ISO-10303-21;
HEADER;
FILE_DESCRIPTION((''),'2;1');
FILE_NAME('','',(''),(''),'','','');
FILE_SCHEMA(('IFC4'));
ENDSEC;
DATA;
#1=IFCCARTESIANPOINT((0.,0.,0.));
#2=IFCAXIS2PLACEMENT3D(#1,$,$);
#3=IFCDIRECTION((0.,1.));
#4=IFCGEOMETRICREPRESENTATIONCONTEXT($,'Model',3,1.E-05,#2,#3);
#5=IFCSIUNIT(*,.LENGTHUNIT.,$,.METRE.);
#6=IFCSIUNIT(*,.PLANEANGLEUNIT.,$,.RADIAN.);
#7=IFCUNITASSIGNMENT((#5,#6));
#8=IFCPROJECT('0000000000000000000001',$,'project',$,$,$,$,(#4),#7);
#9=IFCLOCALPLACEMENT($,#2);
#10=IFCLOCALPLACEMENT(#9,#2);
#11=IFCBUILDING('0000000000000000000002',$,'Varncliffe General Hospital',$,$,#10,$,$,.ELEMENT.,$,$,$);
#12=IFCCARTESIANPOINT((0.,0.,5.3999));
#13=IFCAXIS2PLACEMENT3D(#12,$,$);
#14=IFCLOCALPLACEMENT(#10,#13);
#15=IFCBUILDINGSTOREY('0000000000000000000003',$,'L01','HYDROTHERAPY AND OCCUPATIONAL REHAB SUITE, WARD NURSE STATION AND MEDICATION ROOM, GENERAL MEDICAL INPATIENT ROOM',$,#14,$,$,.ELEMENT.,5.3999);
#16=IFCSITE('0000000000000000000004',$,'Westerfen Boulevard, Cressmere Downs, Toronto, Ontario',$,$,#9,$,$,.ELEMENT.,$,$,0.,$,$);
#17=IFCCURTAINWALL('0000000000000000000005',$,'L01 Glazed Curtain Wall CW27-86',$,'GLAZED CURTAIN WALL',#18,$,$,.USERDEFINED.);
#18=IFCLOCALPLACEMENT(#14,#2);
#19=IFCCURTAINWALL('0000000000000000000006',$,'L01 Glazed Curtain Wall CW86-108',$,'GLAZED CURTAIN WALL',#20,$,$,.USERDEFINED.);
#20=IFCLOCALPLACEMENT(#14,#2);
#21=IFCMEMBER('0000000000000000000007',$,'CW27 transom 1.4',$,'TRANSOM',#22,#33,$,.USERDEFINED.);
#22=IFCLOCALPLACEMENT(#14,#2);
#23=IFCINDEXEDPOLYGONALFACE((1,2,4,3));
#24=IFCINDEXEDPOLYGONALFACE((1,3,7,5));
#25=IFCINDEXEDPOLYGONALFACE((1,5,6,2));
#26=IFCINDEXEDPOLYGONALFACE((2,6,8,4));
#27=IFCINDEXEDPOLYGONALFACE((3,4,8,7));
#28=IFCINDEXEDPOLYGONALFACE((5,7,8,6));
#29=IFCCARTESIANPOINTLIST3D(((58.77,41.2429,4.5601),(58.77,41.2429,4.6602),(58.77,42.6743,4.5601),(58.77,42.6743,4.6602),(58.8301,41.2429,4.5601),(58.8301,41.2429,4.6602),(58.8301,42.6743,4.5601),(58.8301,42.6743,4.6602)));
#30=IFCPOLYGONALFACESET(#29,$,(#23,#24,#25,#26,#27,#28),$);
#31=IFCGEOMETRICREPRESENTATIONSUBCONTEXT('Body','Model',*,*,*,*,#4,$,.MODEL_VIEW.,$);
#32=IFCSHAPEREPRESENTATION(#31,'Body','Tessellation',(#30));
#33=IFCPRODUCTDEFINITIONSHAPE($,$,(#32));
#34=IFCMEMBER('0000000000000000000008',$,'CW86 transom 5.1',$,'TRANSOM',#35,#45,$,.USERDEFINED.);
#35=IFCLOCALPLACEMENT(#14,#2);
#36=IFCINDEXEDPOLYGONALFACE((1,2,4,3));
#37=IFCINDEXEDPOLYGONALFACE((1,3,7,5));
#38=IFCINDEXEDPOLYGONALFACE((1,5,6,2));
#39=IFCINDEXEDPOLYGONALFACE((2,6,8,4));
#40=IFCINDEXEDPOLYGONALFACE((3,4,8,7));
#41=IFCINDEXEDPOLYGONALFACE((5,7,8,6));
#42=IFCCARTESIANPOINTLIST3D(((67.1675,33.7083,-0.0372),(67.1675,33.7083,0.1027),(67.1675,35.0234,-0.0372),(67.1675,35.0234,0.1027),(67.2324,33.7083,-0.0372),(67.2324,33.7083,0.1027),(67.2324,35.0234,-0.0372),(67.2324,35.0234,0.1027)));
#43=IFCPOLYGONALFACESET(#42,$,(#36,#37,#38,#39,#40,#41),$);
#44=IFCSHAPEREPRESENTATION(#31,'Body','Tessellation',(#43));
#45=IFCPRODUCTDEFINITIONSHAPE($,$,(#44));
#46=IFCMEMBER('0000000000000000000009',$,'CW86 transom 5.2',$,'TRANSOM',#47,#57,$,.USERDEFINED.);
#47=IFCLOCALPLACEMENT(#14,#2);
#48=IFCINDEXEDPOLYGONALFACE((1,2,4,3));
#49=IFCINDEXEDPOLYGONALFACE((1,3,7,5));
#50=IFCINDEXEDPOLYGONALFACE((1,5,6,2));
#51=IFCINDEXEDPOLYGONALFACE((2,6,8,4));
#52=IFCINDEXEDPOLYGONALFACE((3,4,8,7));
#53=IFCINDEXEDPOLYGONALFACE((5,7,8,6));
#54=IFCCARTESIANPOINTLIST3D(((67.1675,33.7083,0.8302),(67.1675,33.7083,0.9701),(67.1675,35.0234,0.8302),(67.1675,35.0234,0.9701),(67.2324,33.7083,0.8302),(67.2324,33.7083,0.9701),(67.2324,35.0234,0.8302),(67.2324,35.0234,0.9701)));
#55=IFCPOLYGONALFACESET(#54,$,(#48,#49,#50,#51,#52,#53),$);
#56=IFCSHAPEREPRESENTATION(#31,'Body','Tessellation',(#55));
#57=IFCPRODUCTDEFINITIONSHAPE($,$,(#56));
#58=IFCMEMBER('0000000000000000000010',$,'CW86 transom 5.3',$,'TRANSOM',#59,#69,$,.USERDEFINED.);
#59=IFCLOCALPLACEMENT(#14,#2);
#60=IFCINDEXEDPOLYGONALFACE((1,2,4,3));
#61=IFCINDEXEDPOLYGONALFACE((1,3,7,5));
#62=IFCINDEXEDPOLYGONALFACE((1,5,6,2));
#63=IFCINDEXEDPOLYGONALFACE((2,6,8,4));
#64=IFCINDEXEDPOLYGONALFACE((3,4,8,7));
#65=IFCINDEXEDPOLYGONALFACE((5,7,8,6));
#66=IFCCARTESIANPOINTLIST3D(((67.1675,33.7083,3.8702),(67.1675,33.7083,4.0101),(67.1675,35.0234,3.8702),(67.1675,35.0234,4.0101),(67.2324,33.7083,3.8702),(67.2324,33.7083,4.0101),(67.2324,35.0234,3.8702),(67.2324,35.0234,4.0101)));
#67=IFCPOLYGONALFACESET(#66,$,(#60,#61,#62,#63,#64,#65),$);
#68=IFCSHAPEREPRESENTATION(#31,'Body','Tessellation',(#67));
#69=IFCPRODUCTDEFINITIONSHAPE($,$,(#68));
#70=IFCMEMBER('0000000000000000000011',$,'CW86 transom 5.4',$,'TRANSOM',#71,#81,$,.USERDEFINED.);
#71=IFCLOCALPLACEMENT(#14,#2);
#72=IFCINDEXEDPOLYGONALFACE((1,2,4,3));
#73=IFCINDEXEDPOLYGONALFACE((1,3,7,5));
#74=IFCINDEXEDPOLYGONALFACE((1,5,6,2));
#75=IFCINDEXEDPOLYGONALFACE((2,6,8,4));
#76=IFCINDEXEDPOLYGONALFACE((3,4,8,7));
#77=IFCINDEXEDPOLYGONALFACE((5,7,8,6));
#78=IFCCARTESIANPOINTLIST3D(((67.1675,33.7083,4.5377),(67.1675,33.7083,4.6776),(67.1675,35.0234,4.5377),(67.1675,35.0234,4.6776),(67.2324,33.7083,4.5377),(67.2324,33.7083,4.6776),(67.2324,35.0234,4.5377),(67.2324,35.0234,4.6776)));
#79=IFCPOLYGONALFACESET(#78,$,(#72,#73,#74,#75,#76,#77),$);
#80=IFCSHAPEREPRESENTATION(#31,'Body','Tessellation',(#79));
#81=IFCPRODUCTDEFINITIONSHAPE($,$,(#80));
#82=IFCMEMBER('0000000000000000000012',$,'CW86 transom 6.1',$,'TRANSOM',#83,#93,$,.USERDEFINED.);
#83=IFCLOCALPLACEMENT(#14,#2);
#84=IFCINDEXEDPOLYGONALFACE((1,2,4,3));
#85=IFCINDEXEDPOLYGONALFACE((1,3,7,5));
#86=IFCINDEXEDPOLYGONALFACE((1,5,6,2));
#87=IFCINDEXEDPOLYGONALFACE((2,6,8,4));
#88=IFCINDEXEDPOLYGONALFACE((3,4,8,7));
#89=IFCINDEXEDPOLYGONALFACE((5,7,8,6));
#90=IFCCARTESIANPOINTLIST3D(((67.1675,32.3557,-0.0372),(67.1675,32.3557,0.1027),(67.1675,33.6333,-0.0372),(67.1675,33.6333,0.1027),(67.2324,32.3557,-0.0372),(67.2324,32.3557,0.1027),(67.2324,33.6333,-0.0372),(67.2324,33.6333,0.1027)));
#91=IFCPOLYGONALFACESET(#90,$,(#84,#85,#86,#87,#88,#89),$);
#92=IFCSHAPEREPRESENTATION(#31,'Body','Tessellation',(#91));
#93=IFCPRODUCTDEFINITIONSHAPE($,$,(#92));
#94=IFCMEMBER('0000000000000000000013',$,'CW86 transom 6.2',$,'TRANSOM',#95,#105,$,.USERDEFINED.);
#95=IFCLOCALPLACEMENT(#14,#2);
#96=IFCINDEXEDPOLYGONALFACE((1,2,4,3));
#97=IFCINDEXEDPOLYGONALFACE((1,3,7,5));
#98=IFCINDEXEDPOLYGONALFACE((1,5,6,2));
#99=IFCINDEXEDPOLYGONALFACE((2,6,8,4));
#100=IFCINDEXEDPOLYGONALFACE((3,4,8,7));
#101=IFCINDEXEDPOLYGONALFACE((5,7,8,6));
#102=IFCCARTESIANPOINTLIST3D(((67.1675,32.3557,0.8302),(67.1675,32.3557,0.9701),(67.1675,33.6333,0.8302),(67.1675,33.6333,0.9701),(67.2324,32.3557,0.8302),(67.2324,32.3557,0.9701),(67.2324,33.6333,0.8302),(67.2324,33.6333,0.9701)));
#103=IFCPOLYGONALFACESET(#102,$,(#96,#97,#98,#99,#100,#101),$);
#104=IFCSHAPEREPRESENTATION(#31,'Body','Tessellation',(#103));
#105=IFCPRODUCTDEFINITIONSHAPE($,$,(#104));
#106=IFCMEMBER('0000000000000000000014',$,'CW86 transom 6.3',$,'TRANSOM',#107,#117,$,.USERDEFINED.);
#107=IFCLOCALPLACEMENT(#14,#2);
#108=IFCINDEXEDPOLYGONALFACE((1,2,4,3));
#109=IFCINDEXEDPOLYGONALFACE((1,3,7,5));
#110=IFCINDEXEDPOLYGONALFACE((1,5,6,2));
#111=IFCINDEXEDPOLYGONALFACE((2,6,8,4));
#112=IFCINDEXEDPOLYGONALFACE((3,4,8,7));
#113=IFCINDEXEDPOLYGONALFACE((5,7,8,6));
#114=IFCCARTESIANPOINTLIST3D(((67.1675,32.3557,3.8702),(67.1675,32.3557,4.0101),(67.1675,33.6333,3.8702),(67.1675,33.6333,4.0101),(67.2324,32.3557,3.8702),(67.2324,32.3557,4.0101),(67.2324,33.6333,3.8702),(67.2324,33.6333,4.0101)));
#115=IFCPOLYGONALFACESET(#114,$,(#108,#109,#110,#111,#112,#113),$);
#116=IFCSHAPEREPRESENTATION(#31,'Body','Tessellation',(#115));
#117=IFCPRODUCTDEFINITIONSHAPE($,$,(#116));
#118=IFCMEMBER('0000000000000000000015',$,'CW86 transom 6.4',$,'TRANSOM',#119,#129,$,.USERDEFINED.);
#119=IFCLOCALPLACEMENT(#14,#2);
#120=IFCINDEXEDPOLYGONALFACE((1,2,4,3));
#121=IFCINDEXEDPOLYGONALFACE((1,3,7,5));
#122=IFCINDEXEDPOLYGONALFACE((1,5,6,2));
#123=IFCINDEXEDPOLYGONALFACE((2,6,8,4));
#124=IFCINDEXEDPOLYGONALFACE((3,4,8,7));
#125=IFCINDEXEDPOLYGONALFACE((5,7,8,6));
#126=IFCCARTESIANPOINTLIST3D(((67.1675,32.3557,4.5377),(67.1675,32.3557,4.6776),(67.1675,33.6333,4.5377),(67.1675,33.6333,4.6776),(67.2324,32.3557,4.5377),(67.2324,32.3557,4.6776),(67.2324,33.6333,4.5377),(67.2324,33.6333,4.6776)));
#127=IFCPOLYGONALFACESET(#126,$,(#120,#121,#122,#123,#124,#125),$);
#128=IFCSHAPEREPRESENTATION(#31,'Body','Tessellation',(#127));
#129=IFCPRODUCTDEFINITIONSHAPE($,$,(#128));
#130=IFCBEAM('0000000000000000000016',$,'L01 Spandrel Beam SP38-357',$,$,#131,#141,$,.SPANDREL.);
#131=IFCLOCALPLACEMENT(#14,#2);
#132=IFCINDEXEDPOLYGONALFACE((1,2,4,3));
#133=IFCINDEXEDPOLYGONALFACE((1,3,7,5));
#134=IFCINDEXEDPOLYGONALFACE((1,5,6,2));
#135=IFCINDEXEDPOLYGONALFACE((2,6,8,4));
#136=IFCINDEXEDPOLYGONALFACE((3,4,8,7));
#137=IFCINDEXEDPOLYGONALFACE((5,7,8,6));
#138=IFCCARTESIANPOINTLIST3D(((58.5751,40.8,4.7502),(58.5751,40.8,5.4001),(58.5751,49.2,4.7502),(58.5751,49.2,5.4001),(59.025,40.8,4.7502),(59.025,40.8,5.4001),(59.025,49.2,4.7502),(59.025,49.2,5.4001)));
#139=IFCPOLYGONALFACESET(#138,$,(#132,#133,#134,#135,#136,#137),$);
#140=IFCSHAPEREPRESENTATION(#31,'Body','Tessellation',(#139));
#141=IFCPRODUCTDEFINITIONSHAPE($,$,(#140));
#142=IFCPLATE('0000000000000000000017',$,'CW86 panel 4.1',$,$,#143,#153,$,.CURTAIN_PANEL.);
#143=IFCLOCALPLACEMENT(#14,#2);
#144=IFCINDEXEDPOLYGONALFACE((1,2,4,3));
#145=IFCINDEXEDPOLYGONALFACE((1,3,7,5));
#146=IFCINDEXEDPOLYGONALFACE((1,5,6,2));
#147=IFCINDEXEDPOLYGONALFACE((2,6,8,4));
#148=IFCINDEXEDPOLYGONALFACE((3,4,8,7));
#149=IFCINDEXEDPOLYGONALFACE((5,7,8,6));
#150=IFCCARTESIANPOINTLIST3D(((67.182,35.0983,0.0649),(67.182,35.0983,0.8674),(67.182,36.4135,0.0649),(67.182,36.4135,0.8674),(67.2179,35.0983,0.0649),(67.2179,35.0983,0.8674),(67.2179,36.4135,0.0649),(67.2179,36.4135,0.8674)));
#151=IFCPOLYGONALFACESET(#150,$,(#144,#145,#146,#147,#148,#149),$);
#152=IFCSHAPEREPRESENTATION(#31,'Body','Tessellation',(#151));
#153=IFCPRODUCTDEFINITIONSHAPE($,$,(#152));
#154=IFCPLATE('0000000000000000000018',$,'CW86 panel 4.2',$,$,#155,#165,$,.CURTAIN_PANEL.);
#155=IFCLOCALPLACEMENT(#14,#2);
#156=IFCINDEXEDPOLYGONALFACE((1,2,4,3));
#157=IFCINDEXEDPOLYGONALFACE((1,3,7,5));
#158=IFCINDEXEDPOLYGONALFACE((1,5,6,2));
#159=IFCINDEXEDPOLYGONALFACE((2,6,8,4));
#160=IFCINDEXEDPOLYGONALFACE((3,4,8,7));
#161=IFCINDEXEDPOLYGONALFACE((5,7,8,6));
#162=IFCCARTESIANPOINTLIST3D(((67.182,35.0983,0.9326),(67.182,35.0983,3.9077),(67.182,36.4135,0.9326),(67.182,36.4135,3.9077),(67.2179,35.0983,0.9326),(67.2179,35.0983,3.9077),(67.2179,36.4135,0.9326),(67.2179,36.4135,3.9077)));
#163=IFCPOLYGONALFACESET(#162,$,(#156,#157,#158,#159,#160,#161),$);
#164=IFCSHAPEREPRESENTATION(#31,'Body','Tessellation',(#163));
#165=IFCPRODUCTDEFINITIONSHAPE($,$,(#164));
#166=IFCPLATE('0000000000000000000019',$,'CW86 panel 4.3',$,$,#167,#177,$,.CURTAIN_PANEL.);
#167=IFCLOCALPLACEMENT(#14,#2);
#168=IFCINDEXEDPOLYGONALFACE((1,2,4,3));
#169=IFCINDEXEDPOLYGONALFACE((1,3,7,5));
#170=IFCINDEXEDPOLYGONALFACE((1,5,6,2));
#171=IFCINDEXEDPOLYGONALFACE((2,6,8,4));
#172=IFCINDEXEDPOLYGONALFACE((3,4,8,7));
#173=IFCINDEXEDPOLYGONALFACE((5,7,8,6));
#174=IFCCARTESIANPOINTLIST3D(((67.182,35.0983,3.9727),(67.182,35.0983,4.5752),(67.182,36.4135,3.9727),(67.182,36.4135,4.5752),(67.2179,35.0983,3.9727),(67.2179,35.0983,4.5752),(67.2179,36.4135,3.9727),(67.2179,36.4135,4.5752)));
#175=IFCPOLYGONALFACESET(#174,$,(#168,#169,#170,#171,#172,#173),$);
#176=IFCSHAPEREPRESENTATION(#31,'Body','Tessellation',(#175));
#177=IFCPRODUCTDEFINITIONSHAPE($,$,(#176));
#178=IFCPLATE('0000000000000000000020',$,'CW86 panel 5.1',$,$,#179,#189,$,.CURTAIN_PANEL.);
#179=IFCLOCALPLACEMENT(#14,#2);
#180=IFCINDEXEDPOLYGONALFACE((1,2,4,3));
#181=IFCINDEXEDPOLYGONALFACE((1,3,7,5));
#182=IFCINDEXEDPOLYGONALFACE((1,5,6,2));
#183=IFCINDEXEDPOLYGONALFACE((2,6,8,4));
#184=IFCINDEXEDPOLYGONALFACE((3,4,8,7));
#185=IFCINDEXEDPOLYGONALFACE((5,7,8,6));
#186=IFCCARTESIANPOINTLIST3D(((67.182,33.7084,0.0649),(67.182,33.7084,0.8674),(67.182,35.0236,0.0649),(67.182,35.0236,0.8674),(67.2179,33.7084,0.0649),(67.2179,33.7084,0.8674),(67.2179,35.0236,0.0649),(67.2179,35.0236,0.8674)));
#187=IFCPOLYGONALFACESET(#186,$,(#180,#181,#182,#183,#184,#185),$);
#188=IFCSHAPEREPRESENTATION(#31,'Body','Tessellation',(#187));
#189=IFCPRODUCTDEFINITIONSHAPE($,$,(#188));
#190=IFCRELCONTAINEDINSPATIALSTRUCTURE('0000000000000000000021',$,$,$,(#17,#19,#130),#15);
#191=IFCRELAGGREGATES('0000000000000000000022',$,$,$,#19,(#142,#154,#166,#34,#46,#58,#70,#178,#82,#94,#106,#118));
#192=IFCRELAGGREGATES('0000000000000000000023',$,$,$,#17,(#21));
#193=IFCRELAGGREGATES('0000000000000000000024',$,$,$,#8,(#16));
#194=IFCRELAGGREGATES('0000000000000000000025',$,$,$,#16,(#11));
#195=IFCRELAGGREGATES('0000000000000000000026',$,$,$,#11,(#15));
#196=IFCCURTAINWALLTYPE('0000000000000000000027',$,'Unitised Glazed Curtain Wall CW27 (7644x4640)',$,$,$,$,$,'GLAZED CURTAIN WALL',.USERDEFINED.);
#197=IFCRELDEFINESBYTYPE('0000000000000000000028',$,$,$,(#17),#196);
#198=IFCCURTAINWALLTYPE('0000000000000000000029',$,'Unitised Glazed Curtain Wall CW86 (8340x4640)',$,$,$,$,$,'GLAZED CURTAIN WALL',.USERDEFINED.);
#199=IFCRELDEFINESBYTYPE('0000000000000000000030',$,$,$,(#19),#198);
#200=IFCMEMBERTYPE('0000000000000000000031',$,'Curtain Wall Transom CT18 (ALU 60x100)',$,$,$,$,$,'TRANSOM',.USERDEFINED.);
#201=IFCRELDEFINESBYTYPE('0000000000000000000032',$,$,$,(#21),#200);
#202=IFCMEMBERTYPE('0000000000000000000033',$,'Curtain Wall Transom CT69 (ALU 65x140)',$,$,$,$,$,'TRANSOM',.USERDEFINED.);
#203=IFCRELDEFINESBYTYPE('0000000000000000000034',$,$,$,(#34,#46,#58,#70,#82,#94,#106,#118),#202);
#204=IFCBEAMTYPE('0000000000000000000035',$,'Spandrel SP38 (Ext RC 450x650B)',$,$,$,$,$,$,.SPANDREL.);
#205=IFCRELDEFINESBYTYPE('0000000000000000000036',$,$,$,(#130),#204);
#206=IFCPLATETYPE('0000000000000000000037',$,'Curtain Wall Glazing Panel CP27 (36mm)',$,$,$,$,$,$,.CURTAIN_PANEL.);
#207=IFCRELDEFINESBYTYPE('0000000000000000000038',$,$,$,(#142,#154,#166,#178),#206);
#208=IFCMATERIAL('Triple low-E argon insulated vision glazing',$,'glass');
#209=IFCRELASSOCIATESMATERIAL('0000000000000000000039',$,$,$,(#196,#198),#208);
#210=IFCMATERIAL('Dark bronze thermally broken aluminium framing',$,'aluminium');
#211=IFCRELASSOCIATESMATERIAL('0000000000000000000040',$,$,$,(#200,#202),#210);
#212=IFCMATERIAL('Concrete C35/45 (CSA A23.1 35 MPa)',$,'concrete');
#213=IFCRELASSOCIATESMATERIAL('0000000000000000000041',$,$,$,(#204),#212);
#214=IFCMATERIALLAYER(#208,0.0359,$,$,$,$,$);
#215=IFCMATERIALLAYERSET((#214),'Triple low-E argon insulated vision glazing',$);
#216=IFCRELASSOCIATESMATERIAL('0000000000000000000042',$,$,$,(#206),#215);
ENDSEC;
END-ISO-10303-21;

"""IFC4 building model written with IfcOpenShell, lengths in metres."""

from ifc_helpers import new_model, si_unit, direction, frame, origin, origin_2d, place, context, subcontext, project, spatial, rectangle, extrude, material, layer, layer_set, material_profile, profile_set, type_object, element, aggregate, save


model = new_model("IFC4")

# Units and contexts
model_context = context("Model", 3, precision=1e-05, world=origin(), true_north=direction((0.0, 1.0)))
body_context = subcontext(model_context, "Body", "Model", "MODEL_VIEW")
ifc_project = project(units=[si_unit("LENGTHUNIT", "METRE"), si_unit("PLANEANGLEUNIT", "RADIAN")], contexts=[model_context])

# Site, building, storey
site_placement = place(None, origin())
site = spatial("IfcSite", under=ifc_project, at=site_placement, Name="Westerfen Boulevard, Cressmere Downs, Toronto, Ontario", CompositionType="ELEMENT", RefElevation=0.0)
building_placement = place(site_placement, origin())
building = spatial("IfcBuilding", under=site, at=building_placement, Name="Varncliffe General Hospital", CompositionType="ELEMENT")
storey_placement = place(building_placement, frame((0.0, 0.0, 5.3999)))
storey = spatial("IfcBuildingStorey", under=building, at=storey_placement, Name="L01", Description="HYDROTHERAPY AND OCCUPATIONAL REHAB SUITE, WARD NURSE STATION AND MEDICATION ROOM, GENERAL MEDICAL INPATIENT ROOM", CompositionType="ELEMENT", Elevation=5.3999)

# Shared definitions
ifc_material_1 = material(Name="Concrete C35/45 (CSA A23.1 35 MPa)", Category="concrete")

# Curtain wall
ifc_material_2 = material(Name="Triple low-E argon insulated vision glazing", Category="glass")
ifc_material_3 = material(Name="Dark bronze thermally broken aluminium framing", Category="aluminium")
curtain_wall_type_1 = type_object("IfcCurtainWallType", Name="Unitised Glazed Curtain Wall CW27 (7644x4640)", ElementType="GLAZED CURTAIN WALL", PredefinedType="USERDEFINED", material=ifc_material_2)
curtain_wall_1_placement = place(storey_placement, origin())
curtain_wall_1 = element("IfcCurtainWall", 1, at=curtain_wall_1_placement, inside=storey, type_object=curtain_wall_type_1, Name="L01 Glazed Curtain Wall CW27-86", ObjectType="GLAZED CURTAIN WALL", PredefinedType="USERDEFINED")

# Curtain wall
curtain_wall_type_2 = type_object("IfcCurtainWallType", Name="Unitised Glazed Curtain Wall CW86 (8340x4640)", ElementType="GLAZED CURTAIN WALL", PredefinedType="USERDEFINED", material=ifc_material_2)
curtain_wall_2_placement = place(storey_placement, origin())
curtain_wall_2 = element("IfcCurtainWall", 2, at=curtain_wall_2_placement, inside=storey, type_object=curtain_wall_type_2, Name="L01 Glazed Curtain Wall CW86-108", ObjectType="GLAZED CURTAIN WALL", PredefinedType="USERDEFINED")

# Members
ifc_material_profile_1 = material_profile(ifc_material_3, rectangle(XDim=0.0601, YDim=0.1001, at=origin_2d()), Name="ALU 60x100")
ifc_profile_set_1 = profile_set([ifc_material_profile_1], Name="Dark bronze thermally broken aluminium framing")
member_type_1 = type_object("IfcMemberType", Name="Curtain Wall Transom CT18 (ALU 60x100)", ElementType="TRANSOM", PredefinedType="USERDEFINED", material=ifc_profile_set_1)
member_1_placement = place(storey_placement, frame((58.8, 41.2429, 4.6101), z_axis=(0.0, 1.0, 0.0), x_axis=(-1.0, 0.0, 0.0)))
member_1 = element("IfcMember", 3, at=member_1_placement, type_object=member_type_1, Name="CW27 transom 1.4", ObjectType="TRANSOM", PredefinedType="USERDEFINED", context=body_context, shape_type="SweptSolid", body=[
    extrude(rectangle(XDim=0.0601, YDim=0.1001, at=origin_2d()), origin(), (0.0, 0.0, 1.0), 1.4314),
])
ifc_material_profile_2 = material_profile(ifc_material_3, rectangle(XDim=0.0649, YDim=0.1399, at=origin_2d()), Name="ALU 65x140")
ifc_profile_set_2 = profile_set([ifc_material_profile_2], Name="Dark bronze thermally broken aluminium framing")
member_type_2 = type_object("IfcMemberType", Name="Curtain Wall Transom CT69 (ALU 65x140)", ElementType="TRANSOM", PredefinedType="USERDEFINED", material=ifc_profile_set_2)
member_2_placement = place(storey_placement, frame((67.2, 35.0234, 0.0327), z_axis=(0.0, -1.0, 0.0), x_axis=(1.0, 0.0, 0.0)))
member_2 = element("IfcMember", 4, at=member_2_placement, type_object=member_type_2, Name="CW86 transom 5.1", ObjectType="TRANSOM", PredefinedType="USERDEFINED", context=body_context, shape_type="SweptSolid", body=[
    extrude(rectangle(XDim=0.0649, YDim=0.1399, at=origin_2d()), origin(), (0.0, 0.0, 1.0), 1.3152),
])
member_3_placement = place(storey_placement, frame((67.2, 35.0234, 0.9001), z_axis=(0.0, -1.0, 0.0), x_axis=(1.0, 0.0, 0.0)))
member_3 = element("IfcMember", 5, at=member_3_placement, type_object=member_type_2, Name="CW86 transom 5.2", ObjectType="TRANSOM", PredefinedType="USERDEFINED", context=body_context, shape_type="SweptSolid", body=[
    extrude(rectangle(XDim=0.0649, YDim=0.1399, at=origin_2d()), origin(), (0.0, 0.0, 1.0), 1.3152),
])
member_4_placement = place(storey_placement, frame((67.2, 35.0234, 3.9402), z_axis=(0.0, -1.0, 0.0), x_axis=(1.0, 0.0, 0.0)))
member_4 = element("IfcMember", 6, at=member_4_placement, type_object=member_type_2, Name="CW86 transom 5.3", ObjectType="TRANSOM", PredefinedType="USERDEFINED", context=body_context, shape_type="SweptSolid", body=[
    extrude(rectangle(XDim=0.0649, YDim=0.1399, at=origin_2d()), origin(), (0.0, 0.0, 1.0), 1.3152),
])
member_5_placement = place(storey_placement, frame((67.2, 35.0234, 4.6077), z_axis=(0.0, -1.0, 0.0), x_axis=(1.0, 0.0, 0.0)))
member_5 = element("IfcMember", 7, at=member_5_placement, type_object=member_type_2, Name="CW86 transom 5.4", ObjectType="TRANSOM", PredefinedType="USERDEFINED", context=body_context, shape_type="SweptSolid", body=[
    extrude(rectangle(XDim=0.0649, YDim=0.1399, at=origin_2d()), origin(), (0.0, 0.0, 1.0), 1.3152),
])
member_6_placement = place(storey_placement, frame((67.2, 33.6333, 0.0327), z_axis=(0.0, -1.0, 0.0), x_axis=(1.0, 0.0, 0.0)))
member_6 = element("IfcMember", 8, at=member_6_placement, type_object=member_type_2, Name="CW86 transom 6.1", ObjectType="TRANSOM", PredefinedType="USERDEFINED", context=body_context, shape_type="SweptSolid", body=[
    extrude(rectangle(XDim=0.0649, YDim=0.1399, at=origin_2d()), origin(), (0.0, 0.0, 1.0), 1.2776),
])
member_7_placement = place(storey_placement, frame((67.2, 33.6333, 0.9001), z_axis=(0.0, -1.0, 0.0), x_axis=(1.0, 0.0, 0.0)))
member_7 = element("IfcMember", 9, at=member_7_placement, type_object=member_type_2, Name="CW86 transom 6.2", ObjectType="TRANSOM", PredefinedType="USERDEFINED", context=body_context, shape_type="SweptSolid", body=[
    extrude(rectangle(XDim=0.0649, YDim=0.1399, at=origin_2d()), origin(), (0.0, 0.0, 1.0), 1.2776),
])
member_8_placement = place(storey_placement, frame((67.2, 33.6333, 3.9402), z_axis=(0.0, -1.0, 0.0), x_axis=(1.0, 0.0, 0.0)))
member_8 = element("IfcMember", 10, at=member_8_placement, type_object=member_type_2, Name="CW86 transom 6.3", ObjectType="TRANSOM", PredefinedType="USERDEFINED", context=body_context, shape_type="SweptSolid", body=[
    extrude(rectangle(XDim=0.0649, YDim=0.1399, at=origin_2d()), origin(), (0.0, 0.0, 1.0), 1.2776),
])
member_9_placement = place(storey_placement, frame((67.2, 33.6333, 4.6077), z_axis=(0.0, -1.0, 0.0), x_axis=(1.0, 0.0, 0.0)))
member_9 = element("IfcMember", 11, at=member_9_placement, type_object=member_type_2, Name="CW86 transom 6.4", ObjectType="TRANSOM", PredefinedType="USERDEFINED", context=body_context, shape_type="SweptSolid", body=[
    extrude(rectangle(XDim=0.0649, YDim=0.1399, at=origin_2d()), origin(), (0.0, 0.0, 1.0), 1.2776),
])

# Beam
ifc_material_profile_3 = material_profile(ifc_material_1, rectangle(XDim=0.45, YDim=0.6499, at=origin_2d()), Name="RC 450x650")
ifc_profile_set_3 = profile_set([ifc_material_profile_3], Name="Concrete C35/45 (CSA A23.1 35 MPa)")
beam_type_1 = type_object("IfcBeamType", Name="Spandrel SP38 (Ext RC 450x650B)", PredefinedType="SPANDREL", material=ifc_profile_set_3)
beam_1_placement = place(storey_placement, frame((58.8, 40.8, 5.0752), z_axis=(0.0, 1.0, 0.0), x_axis=(-1.0, 0.0, 0.0)))
element("IfcBeam", 12, at=beam_1_placement, inside=storey, type_object=beam_type_1, Name="L01 Spandrel Beam SP38-357", PredefinedType="SPANDREL", context=body_context, shape_type="SweptSolid", body=[
    extrude(rectangle(XDim=0.45, YDim=0.6499, at=origin_2d()), origin(), (0.0, 0.0, 1.0), 8.3999),
])

# Plates
ifc_layer_1 = layer(ifc_material_2, 0.0359)
ifc_layer_set_1 = layer_set([ifc_layer_1], Name="Triple low-E argon insulated vision glazing")
plate_type_1 = type_object("IfcPlateType", Name="Curtain Wall Glazing Panel CP27 (36mm)", PredefinedType="CURTAIN_PANEL", material=ifc_layer_set_1)
plate_1_placement = place(storey_placement, frame((67.2, 35.7559, 0.0649), z_axis=(0.0, 0.0, 1.0), x_axis=(0.0, -1.0, 0.0)))
plate_1 = element("IfcPlate", 13, at=plate_1_placement, type_object=plate_type_1, Name="CW86 panel 4.1", PredefinedType="CURTAIN_PANEL", context=body_context, shape_type="SweptSolid", body=[
    extrude(rectangle(XDim=1.3152, YDim=0.0359, at=origin_2d()), origin(), (0.0, 0.0, 1.0), 0.8025),
])
plate_2_placement = place(storey_placement, frame((67.2, 35.7559, 0.9326), z_axis=(0.0, 0.0, 1.0), x_axis=(0.0, -1.0, 0.0)))
plate_2 = element("IfcPlate", 14, at=plate_2_placement, type_object=plate_type_1, Name="CW86 panel 4.2", PredefinedType="CURTAIN_PANEL", context=body_context, shape_type="SweptSolid", body=[
    extrude(rectangle(XDim=1.3152, YDim=0.0359, at=origin_2d()), origin(), (0.0, 0.0, 1.0), 2.9751),
])
plate_3_placement = place(storey_placement, frame((67.2, 35.7559, 3.9727), z_axis=(0.0, 0.0, 1.0), x_axis=(0.0, -1.0, 0.0)))
plate_3 = element("IfcPlate", 15, at=plate_3_placement, type_object=plate_type_1, Name="CW86 panel 4.3", PredefinedType="CURTAIN_PANEL", context=body_context, shape_type="SweptSolid", body=[
    extrude(rectangle(XDim=1.3152, YDim=0.0359, at=origin_2d()), origin(), (0.0, 0.0, 1.0), 0.6025),
])
plate_4_placement = place(storey_placement, frame((67.2, 34.366, 0.0649), z_axis=(0.0, 0.0, 1.0), x_axis=(0.0, -1.0, 0.0)))
plate_4 = element("IfcPlate", 16, at=plate_4_placement, type_object=plate_type_1, Name="CW86 panel 5.1", PredefinedType="CURTAIN_PANEL", context=body_context, shape_type="SweptSolid", body=[
    extrude(rectangle(XDim=1.3152, YDim=0.0359, at=origin_2d()), origin(), (0.0, 0.0, 1.0), 0.8025),
])
aggregate(curtain_wall_2, [plate_1, plate_2, plate_3, member_2, member_3, member_4, member_5, plate_4, member_6, member_7, member_8, member_9])
aggregate(curtain_wall_1, [member_1])

save(model, "model.ifc")
